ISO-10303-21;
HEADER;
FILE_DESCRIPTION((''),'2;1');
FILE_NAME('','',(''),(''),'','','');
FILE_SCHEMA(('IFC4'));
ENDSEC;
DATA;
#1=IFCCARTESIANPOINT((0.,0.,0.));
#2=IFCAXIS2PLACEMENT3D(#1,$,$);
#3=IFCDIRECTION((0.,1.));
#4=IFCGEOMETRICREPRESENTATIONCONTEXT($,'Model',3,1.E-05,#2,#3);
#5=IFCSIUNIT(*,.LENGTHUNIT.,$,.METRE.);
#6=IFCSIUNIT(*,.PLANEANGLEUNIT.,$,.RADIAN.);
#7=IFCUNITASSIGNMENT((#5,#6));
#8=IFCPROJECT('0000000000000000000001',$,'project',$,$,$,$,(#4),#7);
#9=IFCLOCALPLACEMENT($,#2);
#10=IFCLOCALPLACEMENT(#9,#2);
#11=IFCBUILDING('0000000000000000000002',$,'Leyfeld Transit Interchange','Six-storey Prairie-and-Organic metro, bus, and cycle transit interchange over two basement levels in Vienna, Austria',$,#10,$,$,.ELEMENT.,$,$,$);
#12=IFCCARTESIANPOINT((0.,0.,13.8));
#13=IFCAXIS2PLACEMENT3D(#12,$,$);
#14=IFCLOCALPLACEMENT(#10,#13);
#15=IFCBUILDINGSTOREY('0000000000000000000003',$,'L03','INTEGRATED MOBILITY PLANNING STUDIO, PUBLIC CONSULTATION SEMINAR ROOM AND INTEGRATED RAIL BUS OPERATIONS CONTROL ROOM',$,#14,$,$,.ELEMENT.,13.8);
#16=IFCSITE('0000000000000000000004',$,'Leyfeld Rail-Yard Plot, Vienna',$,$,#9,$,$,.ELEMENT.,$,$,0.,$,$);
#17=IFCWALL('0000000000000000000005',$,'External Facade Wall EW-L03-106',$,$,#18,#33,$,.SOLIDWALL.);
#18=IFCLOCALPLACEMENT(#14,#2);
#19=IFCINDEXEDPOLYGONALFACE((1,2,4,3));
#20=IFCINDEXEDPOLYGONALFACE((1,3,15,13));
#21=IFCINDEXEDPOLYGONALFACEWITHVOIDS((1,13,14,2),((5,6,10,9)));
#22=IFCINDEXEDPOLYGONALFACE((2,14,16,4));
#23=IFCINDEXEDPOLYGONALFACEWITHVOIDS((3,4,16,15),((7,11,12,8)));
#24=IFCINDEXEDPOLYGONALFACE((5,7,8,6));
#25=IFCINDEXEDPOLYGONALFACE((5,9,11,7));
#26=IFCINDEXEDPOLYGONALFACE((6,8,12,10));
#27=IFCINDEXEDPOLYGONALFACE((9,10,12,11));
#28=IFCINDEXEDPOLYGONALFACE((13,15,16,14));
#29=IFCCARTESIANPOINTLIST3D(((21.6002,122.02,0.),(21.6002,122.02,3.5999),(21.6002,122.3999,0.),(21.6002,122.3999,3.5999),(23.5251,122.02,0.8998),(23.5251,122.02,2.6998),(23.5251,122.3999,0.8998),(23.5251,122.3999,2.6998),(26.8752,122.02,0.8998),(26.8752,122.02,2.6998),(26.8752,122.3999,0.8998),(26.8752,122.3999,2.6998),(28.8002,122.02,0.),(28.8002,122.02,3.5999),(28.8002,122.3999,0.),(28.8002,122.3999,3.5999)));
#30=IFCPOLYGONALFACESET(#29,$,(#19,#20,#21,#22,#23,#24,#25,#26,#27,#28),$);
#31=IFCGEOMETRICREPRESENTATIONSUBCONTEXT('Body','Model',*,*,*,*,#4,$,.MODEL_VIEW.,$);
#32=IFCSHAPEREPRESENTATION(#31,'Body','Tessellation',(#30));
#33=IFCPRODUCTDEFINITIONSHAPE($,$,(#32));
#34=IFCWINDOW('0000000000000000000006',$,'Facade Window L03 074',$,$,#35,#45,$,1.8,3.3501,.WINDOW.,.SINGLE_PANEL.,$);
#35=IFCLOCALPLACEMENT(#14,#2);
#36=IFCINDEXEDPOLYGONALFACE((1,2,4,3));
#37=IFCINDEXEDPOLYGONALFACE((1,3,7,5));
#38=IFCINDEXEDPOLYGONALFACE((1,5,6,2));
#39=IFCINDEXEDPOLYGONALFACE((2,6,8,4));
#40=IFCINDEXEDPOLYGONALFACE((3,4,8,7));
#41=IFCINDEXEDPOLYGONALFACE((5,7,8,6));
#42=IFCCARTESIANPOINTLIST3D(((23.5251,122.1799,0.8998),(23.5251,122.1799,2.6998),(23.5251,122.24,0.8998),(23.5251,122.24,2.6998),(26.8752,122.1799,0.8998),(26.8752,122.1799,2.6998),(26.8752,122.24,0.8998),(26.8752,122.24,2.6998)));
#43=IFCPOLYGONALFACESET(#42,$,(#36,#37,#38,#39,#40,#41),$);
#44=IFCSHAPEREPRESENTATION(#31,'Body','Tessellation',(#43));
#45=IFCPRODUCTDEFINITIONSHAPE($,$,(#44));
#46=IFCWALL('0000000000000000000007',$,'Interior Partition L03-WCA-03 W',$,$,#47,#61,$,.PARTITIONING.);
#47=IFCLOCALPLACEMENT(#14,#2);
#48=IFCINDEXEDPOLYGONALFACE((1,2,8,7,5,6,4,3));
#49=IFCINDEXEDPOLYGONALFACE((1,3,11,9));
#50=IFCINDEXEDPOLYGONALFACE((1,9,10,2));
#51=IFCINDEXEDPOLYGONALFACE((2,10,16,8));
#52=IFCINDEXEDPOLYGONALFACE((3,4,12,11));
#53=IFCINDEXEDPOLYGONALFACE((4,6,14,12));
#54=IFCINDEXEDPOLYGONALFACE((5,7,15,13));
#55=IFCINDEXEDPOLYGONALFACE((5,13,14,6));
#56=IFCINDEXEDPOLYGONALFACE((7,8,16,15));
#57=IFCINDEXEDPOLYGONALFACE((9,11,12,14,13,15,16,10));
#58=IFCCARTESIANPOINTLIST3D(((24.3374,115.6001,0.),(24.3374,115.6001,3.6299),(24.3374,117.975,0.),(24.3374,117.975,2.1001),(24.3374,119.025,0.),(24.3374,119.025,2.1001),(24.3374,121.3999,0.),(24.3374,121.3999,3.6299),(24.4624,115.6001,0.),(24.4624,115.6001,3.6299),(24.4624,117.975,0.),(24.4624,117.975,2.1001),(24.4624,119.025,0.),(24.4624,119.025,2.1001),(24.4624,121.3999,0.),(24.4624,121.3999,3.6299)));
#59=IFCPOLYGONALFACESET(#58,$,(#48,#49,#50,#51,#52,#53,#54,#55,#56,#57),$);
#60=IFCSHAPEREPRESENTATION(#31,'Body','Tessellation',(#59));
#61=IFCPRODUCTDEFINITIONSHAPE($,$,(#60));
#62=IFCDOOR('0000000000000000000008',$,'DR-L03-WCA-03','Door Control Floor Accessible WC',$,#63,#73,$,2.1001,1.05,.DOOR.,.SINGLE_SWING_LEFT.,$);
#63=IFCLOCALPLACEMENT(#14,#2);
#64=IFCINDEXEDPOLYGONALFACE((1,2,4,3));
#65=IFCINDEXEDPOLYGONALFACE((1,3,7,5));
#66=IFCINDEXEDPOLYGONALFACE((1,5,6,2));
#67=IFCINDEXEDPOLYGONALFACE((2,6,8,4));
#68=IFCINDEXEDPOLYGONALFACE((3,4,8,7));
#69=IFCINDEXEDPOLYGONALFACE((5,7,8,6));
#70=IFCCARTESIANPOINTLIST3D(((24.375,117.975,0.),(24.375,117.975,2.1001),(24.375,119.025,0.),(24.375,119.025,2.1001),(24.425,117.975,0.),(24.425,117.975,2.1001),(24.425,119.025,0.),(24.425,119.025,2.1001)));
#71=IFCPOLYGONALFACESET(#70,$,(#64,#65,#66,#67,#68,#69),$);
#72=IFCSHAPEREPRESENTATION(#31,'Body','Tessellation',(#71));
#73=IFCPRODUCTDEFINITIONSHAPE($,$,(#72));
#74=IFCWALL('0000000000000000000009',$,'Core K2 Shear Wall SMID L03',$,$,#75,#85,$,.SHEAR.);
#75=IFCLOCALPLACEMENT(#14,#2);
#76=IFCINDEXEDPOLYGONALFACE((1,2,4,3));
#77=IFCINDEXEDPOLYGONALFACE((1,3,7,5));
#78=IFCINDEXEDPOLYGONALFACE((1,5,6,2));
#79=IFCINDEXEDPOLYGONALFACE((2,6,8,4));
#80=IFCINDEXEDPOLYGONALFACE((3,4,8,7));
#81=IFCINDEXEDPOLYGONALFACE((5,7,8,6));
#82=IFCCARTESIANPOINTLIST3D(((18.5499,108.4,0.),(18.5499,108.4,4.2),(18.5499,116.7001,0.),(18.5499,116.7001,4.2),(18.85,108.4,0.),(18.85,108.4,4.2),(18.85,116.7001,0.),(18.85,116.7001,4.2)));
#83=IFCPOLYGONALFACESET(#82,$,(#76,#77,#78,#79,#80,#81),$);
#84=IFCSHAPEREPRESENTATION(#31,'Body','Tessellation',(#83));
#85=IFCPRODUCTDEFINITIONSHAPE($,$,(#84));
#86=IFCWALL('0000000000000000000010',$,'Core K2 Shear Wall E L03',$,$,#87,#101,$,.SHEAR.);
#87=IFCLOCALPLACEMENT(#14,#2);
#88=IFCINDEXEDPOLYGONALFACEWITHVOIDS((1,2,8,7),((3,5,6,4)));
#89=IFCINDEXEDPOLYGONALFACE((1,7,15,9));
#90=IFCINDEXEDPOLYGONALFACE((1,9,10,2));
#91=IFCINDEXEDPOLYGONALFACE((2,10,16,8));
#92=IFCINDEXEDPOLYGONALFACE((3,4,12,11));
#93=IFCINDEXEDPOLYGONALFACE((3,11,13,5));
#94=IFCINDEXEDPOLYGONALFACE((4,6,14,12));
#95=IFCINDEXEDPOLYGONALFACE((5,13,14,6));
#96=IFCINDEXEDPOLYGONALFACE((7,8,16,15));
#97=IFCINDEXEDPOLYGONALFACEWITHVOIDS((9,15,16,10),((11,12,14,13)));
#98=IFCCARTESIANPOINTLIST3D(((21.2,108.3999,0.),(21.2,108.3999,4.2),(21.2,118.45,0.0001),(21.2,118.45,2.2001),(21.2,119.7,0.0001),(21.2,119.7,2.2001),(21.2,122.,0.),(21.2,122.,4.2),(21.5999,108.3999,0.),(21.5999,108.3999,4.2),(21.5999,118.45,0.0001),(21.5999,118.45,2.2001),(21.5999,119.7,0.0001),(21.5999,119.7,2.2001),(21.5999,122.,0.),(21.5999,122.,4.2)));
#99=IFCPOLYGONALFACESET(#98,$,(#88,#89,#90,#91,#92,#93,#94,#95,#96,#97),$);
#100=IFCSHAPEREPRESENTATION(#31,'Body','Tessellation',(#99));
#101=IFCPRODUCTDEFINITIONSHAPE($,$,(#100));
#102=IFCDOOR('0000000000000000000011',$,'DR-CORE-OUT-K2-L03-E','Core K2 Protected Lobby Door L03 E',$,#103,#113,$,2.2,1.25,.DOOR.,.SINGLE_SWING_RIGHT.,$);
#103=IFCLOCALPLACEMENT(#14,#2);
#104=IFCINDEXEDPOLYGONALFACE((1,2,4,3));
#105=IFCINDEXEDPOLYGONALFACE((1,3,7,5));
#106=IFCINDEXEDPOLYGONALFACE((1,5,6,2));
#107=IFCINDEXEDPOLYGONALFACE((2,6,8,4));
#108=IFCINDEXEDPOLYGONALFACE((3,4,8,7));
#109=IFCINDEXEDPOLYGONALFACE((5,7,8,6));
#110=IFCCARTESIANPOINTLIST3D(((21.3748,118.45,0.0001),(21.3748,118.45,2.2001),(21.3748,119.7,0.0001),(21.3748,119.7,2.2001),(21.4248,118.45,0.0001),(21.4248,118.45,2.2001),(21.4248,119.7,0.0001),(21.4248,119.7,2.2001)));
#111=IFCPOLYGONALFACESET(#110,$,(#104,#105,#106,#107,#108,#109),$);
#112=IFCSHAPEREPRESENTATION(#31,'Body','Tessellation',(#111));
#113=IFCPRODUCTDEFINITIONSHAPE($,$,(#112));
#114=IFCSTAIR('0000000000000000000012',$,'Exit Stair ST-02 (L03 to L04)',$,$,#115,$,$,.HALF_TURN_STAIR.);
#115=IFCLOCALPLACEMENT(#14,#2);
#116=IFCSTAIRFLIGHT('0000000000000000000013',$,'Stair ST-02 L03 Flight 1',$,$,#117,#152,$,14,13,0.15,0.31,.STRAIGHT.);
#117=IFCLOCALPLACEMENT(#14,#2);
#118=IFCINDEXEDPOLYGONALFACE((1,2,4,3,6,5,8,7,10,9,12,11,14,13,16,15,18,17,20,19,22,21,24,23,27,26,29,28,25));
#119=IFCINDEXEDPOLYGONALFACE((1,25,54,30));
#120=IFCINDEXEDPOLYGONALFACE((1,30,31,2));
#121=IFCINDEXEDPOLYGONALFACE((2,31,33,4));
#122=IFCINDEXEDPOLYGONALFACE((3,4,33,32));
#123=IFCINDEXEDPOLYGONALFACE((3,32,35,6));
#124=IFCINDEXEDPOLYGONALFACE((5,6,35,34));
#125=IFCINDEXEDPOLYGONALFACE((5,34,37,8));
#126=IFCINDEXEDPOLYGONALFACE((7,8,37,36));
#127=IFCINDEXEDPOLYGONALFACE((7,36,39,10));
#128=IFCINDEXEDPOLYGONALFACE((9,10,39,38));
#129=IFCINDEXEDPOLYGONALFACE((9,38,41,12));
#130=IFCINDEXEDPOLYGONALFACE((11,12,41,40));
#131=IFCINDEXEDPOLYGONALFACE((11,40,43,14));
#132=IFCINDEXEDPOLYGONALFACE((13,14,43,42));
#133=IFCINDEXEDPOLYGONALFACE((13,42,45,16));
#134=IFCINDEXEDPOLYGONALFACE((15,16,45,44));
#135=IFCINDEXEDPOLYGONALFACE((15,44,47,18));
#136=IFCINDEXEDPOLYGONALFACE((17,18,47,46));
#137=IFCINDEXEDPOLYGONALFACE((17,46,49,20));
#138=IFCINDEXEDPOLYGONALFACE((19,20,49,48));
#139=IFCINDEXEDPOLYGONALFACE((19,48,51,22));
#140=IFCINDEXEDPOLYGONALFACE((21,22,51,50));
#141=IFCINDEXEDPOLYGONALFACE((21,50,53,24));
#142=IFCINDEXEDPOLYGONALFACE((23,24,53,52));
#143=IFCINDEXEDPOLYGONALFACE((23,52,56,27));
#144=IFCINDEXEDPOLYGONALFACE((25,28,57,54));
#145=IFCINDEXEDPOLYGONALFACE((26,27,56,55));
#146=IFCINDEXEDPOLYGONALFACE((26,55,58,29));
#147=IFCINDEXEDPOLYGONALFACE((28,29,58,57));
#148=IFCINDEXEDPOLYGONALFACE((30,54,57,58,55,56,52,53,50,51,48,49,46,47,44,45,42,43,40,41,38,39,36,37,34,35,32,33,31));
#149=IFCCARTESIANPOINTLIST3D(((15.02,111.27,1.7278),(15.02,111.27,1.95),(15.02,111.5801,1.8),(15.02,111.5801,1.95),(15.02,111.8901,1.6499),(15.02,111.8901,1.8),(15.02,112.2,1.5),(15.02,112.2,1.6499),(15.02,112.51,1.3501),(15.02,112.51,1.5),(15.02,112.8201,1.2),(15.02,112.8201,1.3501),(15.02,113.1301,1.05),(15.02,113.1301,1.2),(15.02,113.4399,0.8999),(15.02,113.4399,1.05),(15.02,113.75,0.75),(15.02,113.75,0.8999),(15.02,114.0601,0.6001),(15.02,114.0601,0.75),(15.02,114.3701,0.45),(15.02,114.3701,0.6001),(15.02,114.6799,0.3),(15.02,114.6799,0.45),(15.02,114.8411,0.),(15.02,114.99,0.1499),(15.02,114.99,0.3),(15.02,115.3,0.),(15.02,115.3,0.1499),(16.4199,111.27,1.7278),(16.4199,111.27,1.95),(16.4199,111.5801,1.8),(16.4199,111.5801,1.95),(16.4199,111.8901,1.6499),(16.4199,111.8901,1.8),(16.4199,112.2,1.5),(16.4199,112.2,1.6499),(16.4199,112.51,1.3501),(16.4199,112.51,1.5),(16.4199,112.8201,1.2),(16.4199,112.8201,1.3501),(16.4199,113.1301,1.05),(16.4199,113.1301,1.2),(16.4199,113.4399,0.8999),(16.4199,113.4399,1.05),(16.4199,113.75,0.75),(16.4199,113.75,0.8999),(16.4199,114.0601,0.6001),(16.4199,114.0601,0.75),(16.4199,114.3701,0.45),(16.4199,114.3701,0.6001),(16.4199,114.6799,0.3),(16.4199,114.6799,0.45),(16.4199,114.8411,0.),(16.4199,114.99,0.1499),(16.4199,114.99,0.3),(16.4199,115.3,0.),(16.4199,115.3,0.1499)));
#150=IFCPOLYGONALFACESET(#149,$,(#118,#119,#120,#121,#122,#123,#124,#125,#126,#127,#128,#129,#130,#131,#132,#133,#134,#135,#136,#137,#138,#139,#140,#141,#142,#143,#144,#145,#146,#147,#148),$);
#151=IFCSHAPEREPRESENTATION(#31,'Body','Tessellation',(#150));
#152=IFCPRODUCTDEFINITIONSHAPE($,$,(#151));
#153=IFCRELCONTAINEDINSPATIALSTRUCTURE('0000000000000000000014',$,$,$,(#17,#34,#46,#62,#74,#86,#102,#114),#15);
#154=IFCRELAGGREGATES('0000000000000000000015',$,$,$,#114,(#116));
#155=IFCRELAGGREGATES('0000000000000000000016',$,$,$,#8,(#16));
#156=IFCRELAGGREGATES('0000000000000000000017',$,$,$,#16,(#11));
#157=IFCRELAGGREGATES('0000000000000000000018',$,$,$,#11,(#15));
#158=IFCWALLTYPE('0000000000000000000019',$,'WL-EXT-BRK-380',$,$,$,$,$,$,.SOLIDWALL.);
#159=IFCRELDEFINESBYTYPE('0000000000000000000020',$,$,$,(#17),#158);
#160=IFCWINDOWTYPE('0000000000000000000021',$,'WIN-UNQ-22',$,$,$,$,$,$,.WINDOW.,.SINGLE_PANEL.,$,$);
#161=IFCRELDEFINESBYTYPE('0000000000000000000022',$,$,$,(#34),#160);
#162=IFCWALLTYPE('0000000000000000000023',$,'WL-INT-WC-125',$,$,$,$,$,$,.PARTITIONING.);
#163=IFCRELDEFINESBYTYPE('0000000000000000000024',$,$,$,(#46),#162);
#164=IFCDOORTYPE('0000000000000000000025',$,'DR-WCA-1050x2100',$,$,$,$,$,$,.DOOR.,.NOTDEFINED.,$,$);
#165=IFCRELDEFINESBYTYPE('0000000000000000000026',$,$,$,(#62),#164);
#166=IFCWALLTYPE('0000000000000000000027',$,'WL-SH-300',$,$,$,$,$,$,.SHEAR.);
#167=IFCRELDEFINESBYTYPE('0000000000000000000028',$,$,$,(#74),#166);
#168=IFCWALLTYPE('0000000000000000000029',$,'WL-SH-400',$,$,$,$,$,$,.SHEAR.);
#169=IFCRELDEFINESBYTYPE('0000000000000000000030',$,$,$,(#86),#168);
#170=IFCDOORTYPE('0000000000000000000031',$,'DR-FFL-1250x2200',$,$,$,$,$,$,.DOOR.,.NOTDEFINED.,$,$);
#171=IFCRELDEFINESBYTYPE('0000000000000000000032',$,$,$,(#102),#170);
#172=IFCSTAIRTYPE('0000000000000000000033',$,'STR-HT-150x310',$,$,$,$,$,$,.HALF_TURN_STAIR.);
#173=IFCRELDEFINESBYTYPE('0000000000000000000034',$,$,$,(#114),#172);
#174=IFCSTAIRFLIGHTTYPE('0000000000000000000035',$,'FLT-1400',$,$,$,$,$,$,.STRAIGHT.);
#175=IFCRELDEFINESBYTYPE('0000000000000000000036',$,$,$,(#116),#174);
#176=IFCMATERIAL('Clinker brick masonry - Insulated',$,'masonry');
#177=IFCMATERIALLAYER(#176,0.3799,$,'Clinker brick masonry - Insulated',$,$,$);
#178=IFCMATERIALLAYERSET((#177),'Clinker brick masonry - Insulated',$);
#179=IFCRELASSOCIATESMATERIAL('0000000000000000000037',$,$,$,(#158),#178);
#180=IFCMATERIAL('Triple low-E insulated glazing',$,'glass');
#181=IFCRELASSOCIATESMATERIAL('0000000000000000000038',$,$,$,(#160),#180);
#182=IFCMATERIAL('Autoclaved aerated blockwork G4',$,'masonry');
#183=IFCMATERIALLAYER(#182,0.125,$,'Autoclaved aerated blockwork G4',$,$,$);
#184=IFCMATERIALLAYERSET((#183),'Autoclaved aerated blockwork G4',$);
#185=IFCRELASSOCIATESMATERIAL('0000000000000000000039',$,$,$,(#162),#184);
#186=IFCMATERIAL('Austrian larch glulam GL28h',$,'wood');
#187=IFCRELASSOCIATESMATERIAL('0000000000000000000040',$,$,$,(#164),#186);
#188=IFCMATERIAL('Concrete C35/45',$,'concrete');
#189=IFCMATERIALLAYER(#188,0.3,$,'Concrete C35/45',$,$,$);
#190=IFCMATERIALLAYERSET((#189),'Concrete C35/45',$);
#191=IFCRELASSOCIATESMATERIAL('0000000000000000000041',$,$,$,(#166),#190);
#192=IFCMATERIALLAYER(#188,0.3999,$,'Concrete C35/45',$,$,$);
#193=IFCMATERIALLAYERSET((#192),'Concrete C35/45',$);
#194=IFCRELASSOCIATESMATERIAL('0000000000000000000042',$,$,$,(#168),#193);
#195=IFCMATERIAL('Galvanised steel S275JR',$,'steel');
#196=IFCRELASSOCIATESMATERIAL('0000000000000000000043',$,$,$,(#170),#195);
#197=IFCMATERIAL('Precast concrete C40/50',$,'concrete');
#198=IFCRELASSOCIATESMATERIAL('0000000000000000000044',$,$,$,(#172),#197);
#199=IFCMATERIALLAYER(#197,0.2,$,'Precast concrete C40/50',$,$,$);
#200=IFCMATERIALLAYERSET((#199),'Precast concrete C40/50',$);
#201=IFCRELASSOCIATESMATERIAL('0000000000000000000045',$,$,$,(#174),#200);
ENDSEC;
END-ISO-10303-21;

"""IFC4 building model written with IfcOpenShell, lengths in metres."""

from ifc_helpers import new_model, si_unit, direction, frame, frame_2d, origin, place, context, subcontext, project, spatial, polyline, rectangle, outline, extrude, material, layer, layer_set, type_object, element, fill, aggregate, save


model = new_model("IFC4")

# Units and contexts
model_context = context("Model", 3, precision=1e-05, world=origin(), true_north=direction((0.0, 1.0)))
body_context = subcontext(model_context, "Body", "Model", "MODEL_VIEW")
ifc_project = project(units=[si_unit("LENGTHUNIT", "METRE"), si_unit("PLANEANGLEUNIT", "RADIAN")], contexts=[model_context])

# Site, building, storey
site_placement = place(None, origin())
site = spatial("IfcSite", under=ifc_project, at=site_placement, Name="Leyfeld Rail-Yard Plot, Vienna", CompositionType="ELEMENT", RefElevation=0.0)
building_placement = place(site_placement, origin())
building = spatial("IfcBuilding", under=site, at=building_placement, Name="Leyfeld Transit Interchange", Description="Six-storey Prairie-and-Organic metro, bus, and cycle transit interchange over two basement levels in Vienna, Austria", CompositionType="ELEMENT")
storey_placement = place(building_placement, frame((0.0, 0.0, 13.8)))
storey = spatial("IfcBuildingStorey", under=building, at=storey_placement, Name="L03", Description="INTEGRATED MOBILITY PLANNING STUDIO, PUBLIC CONSULTATION SEMINAR ROOM AND INTEGRATED RAIL BUS OPERATIONS CONTROL ROOM", CompositionType="ELEMENT", Elevation=13.8)

# Shared definitions
ifc_material_1 = material(Name="Concrete C35/45", Category="concrete")

# Wall, opening, window
ifc_material_2 = material(Name="Clinker brick masonry - Insulated", Category="masonry")
ifc_layer_1 = layer(ifc_material_2, 0.3799, Name="Clinker brick masonry - Insulated")
ifc_layer_set_1 = layer_set([ifc_layer_1], Name="Clinker brick masonry - Insulated")
wall_type_1 = type_object("IfcWallType", Name="WL-EXT-BRK-380", PredefinedType="SOLIDWALL", material=ifc_layer_set_1)
wall_1_placement = place(storey_placement, frame((21.6001, 122.21, 0.0), z_axis=(0.0, 0.0, 1.0), x_axis=(1.0, 0.0, 0.0)))
wall_1 = element("IfcWall", 1, at=wall_1_placement, inside=storey, type_object=wall_type_1, Name="External Facade Wall EW-L03-106", PredefinedType="SOLIDWALL", context=body_context, shape_type="SweptSolid", body=[
    extrude(rectangle(XDim=7.2, YDim=0.3799, at=frame_2d((3.6001, 0.0))), origin(), (0.0, 0.0, 1.0), 3.5999),
])
opening_1_placement = place(wall_1_placement, frame((1.925, 0.0, 0.8999)))
opening_1 = element("IfcOpeningElement", 2, at=opening_1_placement, cuts=wall_1, PredefinedType="OPENING", context=body_context, shape_type="SweptSolid", body=[
    extrude(rectangle(XDim=3.3501, YDim=1.8, at=frame_2d((1.675, 0.8999))), frame((0.0, 0.2, 0.0), z_axis=(0.0, -1.0, 0.0), x_axis=(1.0, 0.0, 0.0)), (0.0, 0.0, 1.0), 0.3999),
])
ifc_material_3 = material(Name="Triple low-E insulated glazing", Category="glass")
window_type = type_object("IfcWindowType", Name="WIN-UNQ-22", PartitioningType="SINGLE_PANEL", PredefinedType="WINDOW", material=ifc_material_3)
window_placement = place(opening_1_placement, origin())
window = element("IfcWindow", 3, at=window_placement, inside=storey, type_object=window_type, Name="Facade Window L03 074", OverallHeight=1.8, OverallWidth=3.3501, PartitioningType="SINGLE_PANEL", PredefinedType="WINDOW", context=body_context, shape_type="SweptSolid", body=[
    extrude(rectangle(XDim=3.3501, YDim=1.8, at=frame_2d((1.675, 0.8999))), frame((0.0, 0.03, 0.0), z_axis=(0.0, -1.0, 0.0), x_axis=(1.0, 0.0, 0.0)), (0.0, 0.0, 1.0), 0.0601),
])
fill(opening_1, window)

# Wall, opening, door
ifc_material_4 = material(Name="Autoclaved aerated blockwork G4", Category="masonry")
ifc_layer_2 = layer(ifc_material_4, 0.125, Name="Autoclaved aerated blockwork G4")
ifc_layer_set_2 = layer_set([ifc_layer_2], Name="Autoclaved aerated blockwork G4")
wall_type_2 = type_object("IfcWallType", Name="WL-INT-WC-125", PredefinedType="PARTITIONING", material=ifc_layer_set_2)
wall_2_placement = place(storey_placement, frame((24.3999, 115.6001, 0.0), z_axis=(0.0, 0.0, 1.0), x_axis=(0.0, 1.0, 0.0)))
wall_2 = element("IfcWall", 4, at=wall_2_placement, inside=storey, type_object=wall_type_2, Name="Interior Partition L03-WCA-03 W", PredefinedType="PARTITIONING", context=body_context, shape_type="SweptSolid", body=[
    extrude(rectangle(XDim=5.7998, YDim=0.125, at=frame_2d((2.8999, 0.0))), origin(), (0.0, 0.0, 1.0), 3.6299),
])
opening_2_placement = place(wall_2_placement, frame((2.375, 0.0, 0.0)))
opening_2 = element("IfcOpeningElement", 5, at=opening_2_placement, cuts=wall_2, PredefinedType="OPENING", context=body_context, shape_type="SweptSolid", body=[
    extrude(rectangle(XDim=1.05, YDim=2.1001, at=frame_2d((0.5249, 1.05))), frame((0.0, 0.0725, 0.0), z_axis=(0.0, -1.0, 0.0), x_axis=(1.0, 0.0, 0.0)), (0.0, 0.0, 1.0), 0.145),
])
ifc_material_5 = material(Name="Austrian larch glulam GL28h", Category="wood")
door_type_1 = type_object("IfcDoorType", Name="DR-WCA-1050x2100", OperationType="NOTDEFINED", PredefinedType="DOOR", material=ifc_material_5)
door_1_placement = place(opening_2_placement, origin())
door_1 = element("IfcDoor", 6, at=door_1_placement, inside=storey, type_object=door_type_1, Name="DR-L03-WCA-03", Description="Door Control Floor Accessible WC", OperationType="SINGLE_SWING_LEFT", OverallHeight=2.1001, OverallWidth=1.05, PredefinedType="DOOR", context=body_context, shape_type="SweptSolid", body=[
    extrude(rectangle(XDim=1.05, YDim=2.1001, at=frame_2d((0.5249, 1.05))), frame((0.0, 0.0249, 0.0), z_axis=(0.0, -1.0, 0.0), x_axis=(1.0, 0.0, 0.0)), (0.0, 0.0, 1.0), 0.05),
])
fill(opening_2, door_1)

# Wall
ifc_layer_3 = layer(ifc_material_1, 0.3, Name="Concrete C35/45")
ifc_layer_set_3 = layer_set([ifc_layer_3], Name="Concrete C35/45")
wall_type_3 = type_object("IfcWallType", Name="WL-SH-300", PredefinedType="SHEAR", material=ifc_layer_set_3)
wall_3_placement = place(storey_placement, frame((18.7, 116.7, 0.0), z_axis=(0.0, 0.0, 1.0), x_axis=(0.0, -1.0, 0.0)))
element("IfcWall", 7, at=wall_3_placement, inside=storey, type_object=wall_type_3, Name="Core K2 Shear Wall SMID L03", PredefinedType="SHEAR", context=body_context, shape_type="SweptSolid", body=[
    extrude(rectangle(XDim=8.3, YDim=0.3, at=frame_2d((4.1499, 0.0))), origin(), (0.0, 0.0, 1.0), 4.2),
])

# Shared definitions
ifc_material_6 = material(Name="Galvanised steel S275JR", Category="steel")

# Wall, opening, door
ifc_layer_4 = layer(ifc_material_1, 0.3999, Name="Concrete C35/45")
ifc_layer_set_4 = layer_set([ifc_layer_4], Name="Concrete C35/45")
wall_type_4 = type_object("IfcWallType", Name="WL-SH-400", PredefinedType="SHEAR", material=ifc_layer_set_4)
wall_4_placement = place(storey_placement, frame((21.3999, 122.0, 0.0), z_axis=(0.0, 0.0, 1.0), x_axis=(0.0, -1.0, 0.0)))
wall_4 = element("IfcWall", 8, at=wall_4_placement, inside=storey, type_object=wall_type_4, Name="Core K2 Shear Wall E L03", PredefinedType="SHEAR", context=body_context, shape_type="SweptSolid", body=[
    extrude(rectangle(XDim=13.6001, YDim=0.3999, at=frame_2d((6.8, 0.0))), origin(), (0.0, 0.0, 1.0), 4.2),
])
opening_3_placement = place(wall_4_placement, frame((2.3, 0.0, 0.0)))
opening_3 = element("IfcOpeningElement", 9, at=opening_3_placement, cuts=wall_4, PredefinedType="OPENING", context=body_context, shape_type="SweptSolid", body=[
    extrude(rectangle(XDim=1.25, YDim=2.2, at=frame_2d((0.625, 1.1001))), frame((0.0, 0.21, 0.0), z_axis=(0.0, -1.0, 0.0), x_axis=(1.0, 0.0, 0.0)), (0.0, 0.0, 1.0), 0.4199),
])
door_type_2 = type_object("IfcDoorType", Name="DR-FFL-1250x2200", OperationType="NOTDEFINED", PredefinedType="DOOR", material=ifc_material_6)
door_2_placement = place(opening_3_placement, origin())
door_2 = element("IfcDoor", 10, at=door_2_placement, inside=storey, type_object=door_type_2, Name="DR-CORE-OUT-K2-L03-E", Description="Core K2 Protected Lobby Door L03 E", OperationType="SINGLE_SWING_RIGHT", OverallHeight=2.2, OverallWidth=1.25, PredefinedType="DOOR", context=body_context, shape_type="SweptSolid", body=[
    extrude(rectangle(XDim=1.25, YDim=2.2, at=frame_2d((0.625, 1.1001))), frame((0.0, 0.0249, 0.0), z_axis=(0.0, -1.0, 0.0), x_axis=(1.0, 0.0, 0.0)), (0.0, 0.0, 1.0), 0.05),
])
fill(opening_3, door_2)

# Stair, stair flight
ifc_material_7 = material(Name="Precast concrete C40/50", Category="concrete")
stair_type = type_object("IfcStairType", Name="STR-HT-150x310", PredefinedType="HALF_TURN_STAIR", material=ifc_material_7)
stair_placement = place(storey_placement, origin())
stair = element("IfcStair", 11, at=stair_placement, inside=storey, type_object=stair_type, Name="Exit Stair ST-02 (L03 to L04)", PredefinedType="HALF_TURN_STAIR")
ifc_layer_5 = layer(ifc_material_7, 0.2, Name="Precast concrete C40/50")
ifc_layer_set_5 = layer_set([ifc_layer_5], Name="Precast concrete C40/50")
stair_flight_type = type_object("IfcStairFlightType", Name="FLT-1400", PredefinedType="STRAIGHT", material=ifc_layer_set_5)
stair_flight_placement = place(storey_placement, frame((15.72, 115.3, 0.0), z_axis=(0.0, 0.0, 1.0), x_axis=(0.0, -1.0, 0.0)))
stair_flight = element("IfcStairFlight", 12, at=stair_flight_placement, type_object=stair_flight_type, Name="Stair ST-02 L03 Flight 1", NumberOfRisers=14, NumberOfTreads=13, PredefinedType="STRAIGHT", RiserHeight=0.15, TreadLength=0.31, context=body_context, shape_type="SweptSolid", body=[
    extrude(outline(polyline([(0.0, 0.0), (0.0, 0.1499), (0.3101, 0.1499), (0.3101, 0.3), (0.6201, 0.3), (0.6201, 0.45), (0.9299, 0.45), (0.9299, 0.6001), (1.24, 0.6001), (1.24, 0.75), (1.55, 0.75), (1.55, 0.8999), (1.8601, 0.8999), (1.8601, 1.05), (2.1699, 1.05), (2.1699, 1.2), (2.48, 1.2), (2.48, 1.3501), (2.79, 1.3501), (2.79, 1.5), (3.1001, 1.5), (3.1001, 1.6499), (3.4099, 1.6499), (3.4099, 1.8), (3.72, 1.8), (3.72, 1.95), (4.03, 1.95), (4.03, 2.1001), (4.03, 1.7278), (0.459, 0.0), (0.0, 0.0)])), frame((0.0, 0.7, 0.0), z_axis=(0.0, -1.0, 0.0), x_axis=(1.0, 0.0, 0.0)), (0.0, 0.0, 1.0), 1.3999),
])
aggregate(stair, [stair_flight])

save(model, "model.ifc")
